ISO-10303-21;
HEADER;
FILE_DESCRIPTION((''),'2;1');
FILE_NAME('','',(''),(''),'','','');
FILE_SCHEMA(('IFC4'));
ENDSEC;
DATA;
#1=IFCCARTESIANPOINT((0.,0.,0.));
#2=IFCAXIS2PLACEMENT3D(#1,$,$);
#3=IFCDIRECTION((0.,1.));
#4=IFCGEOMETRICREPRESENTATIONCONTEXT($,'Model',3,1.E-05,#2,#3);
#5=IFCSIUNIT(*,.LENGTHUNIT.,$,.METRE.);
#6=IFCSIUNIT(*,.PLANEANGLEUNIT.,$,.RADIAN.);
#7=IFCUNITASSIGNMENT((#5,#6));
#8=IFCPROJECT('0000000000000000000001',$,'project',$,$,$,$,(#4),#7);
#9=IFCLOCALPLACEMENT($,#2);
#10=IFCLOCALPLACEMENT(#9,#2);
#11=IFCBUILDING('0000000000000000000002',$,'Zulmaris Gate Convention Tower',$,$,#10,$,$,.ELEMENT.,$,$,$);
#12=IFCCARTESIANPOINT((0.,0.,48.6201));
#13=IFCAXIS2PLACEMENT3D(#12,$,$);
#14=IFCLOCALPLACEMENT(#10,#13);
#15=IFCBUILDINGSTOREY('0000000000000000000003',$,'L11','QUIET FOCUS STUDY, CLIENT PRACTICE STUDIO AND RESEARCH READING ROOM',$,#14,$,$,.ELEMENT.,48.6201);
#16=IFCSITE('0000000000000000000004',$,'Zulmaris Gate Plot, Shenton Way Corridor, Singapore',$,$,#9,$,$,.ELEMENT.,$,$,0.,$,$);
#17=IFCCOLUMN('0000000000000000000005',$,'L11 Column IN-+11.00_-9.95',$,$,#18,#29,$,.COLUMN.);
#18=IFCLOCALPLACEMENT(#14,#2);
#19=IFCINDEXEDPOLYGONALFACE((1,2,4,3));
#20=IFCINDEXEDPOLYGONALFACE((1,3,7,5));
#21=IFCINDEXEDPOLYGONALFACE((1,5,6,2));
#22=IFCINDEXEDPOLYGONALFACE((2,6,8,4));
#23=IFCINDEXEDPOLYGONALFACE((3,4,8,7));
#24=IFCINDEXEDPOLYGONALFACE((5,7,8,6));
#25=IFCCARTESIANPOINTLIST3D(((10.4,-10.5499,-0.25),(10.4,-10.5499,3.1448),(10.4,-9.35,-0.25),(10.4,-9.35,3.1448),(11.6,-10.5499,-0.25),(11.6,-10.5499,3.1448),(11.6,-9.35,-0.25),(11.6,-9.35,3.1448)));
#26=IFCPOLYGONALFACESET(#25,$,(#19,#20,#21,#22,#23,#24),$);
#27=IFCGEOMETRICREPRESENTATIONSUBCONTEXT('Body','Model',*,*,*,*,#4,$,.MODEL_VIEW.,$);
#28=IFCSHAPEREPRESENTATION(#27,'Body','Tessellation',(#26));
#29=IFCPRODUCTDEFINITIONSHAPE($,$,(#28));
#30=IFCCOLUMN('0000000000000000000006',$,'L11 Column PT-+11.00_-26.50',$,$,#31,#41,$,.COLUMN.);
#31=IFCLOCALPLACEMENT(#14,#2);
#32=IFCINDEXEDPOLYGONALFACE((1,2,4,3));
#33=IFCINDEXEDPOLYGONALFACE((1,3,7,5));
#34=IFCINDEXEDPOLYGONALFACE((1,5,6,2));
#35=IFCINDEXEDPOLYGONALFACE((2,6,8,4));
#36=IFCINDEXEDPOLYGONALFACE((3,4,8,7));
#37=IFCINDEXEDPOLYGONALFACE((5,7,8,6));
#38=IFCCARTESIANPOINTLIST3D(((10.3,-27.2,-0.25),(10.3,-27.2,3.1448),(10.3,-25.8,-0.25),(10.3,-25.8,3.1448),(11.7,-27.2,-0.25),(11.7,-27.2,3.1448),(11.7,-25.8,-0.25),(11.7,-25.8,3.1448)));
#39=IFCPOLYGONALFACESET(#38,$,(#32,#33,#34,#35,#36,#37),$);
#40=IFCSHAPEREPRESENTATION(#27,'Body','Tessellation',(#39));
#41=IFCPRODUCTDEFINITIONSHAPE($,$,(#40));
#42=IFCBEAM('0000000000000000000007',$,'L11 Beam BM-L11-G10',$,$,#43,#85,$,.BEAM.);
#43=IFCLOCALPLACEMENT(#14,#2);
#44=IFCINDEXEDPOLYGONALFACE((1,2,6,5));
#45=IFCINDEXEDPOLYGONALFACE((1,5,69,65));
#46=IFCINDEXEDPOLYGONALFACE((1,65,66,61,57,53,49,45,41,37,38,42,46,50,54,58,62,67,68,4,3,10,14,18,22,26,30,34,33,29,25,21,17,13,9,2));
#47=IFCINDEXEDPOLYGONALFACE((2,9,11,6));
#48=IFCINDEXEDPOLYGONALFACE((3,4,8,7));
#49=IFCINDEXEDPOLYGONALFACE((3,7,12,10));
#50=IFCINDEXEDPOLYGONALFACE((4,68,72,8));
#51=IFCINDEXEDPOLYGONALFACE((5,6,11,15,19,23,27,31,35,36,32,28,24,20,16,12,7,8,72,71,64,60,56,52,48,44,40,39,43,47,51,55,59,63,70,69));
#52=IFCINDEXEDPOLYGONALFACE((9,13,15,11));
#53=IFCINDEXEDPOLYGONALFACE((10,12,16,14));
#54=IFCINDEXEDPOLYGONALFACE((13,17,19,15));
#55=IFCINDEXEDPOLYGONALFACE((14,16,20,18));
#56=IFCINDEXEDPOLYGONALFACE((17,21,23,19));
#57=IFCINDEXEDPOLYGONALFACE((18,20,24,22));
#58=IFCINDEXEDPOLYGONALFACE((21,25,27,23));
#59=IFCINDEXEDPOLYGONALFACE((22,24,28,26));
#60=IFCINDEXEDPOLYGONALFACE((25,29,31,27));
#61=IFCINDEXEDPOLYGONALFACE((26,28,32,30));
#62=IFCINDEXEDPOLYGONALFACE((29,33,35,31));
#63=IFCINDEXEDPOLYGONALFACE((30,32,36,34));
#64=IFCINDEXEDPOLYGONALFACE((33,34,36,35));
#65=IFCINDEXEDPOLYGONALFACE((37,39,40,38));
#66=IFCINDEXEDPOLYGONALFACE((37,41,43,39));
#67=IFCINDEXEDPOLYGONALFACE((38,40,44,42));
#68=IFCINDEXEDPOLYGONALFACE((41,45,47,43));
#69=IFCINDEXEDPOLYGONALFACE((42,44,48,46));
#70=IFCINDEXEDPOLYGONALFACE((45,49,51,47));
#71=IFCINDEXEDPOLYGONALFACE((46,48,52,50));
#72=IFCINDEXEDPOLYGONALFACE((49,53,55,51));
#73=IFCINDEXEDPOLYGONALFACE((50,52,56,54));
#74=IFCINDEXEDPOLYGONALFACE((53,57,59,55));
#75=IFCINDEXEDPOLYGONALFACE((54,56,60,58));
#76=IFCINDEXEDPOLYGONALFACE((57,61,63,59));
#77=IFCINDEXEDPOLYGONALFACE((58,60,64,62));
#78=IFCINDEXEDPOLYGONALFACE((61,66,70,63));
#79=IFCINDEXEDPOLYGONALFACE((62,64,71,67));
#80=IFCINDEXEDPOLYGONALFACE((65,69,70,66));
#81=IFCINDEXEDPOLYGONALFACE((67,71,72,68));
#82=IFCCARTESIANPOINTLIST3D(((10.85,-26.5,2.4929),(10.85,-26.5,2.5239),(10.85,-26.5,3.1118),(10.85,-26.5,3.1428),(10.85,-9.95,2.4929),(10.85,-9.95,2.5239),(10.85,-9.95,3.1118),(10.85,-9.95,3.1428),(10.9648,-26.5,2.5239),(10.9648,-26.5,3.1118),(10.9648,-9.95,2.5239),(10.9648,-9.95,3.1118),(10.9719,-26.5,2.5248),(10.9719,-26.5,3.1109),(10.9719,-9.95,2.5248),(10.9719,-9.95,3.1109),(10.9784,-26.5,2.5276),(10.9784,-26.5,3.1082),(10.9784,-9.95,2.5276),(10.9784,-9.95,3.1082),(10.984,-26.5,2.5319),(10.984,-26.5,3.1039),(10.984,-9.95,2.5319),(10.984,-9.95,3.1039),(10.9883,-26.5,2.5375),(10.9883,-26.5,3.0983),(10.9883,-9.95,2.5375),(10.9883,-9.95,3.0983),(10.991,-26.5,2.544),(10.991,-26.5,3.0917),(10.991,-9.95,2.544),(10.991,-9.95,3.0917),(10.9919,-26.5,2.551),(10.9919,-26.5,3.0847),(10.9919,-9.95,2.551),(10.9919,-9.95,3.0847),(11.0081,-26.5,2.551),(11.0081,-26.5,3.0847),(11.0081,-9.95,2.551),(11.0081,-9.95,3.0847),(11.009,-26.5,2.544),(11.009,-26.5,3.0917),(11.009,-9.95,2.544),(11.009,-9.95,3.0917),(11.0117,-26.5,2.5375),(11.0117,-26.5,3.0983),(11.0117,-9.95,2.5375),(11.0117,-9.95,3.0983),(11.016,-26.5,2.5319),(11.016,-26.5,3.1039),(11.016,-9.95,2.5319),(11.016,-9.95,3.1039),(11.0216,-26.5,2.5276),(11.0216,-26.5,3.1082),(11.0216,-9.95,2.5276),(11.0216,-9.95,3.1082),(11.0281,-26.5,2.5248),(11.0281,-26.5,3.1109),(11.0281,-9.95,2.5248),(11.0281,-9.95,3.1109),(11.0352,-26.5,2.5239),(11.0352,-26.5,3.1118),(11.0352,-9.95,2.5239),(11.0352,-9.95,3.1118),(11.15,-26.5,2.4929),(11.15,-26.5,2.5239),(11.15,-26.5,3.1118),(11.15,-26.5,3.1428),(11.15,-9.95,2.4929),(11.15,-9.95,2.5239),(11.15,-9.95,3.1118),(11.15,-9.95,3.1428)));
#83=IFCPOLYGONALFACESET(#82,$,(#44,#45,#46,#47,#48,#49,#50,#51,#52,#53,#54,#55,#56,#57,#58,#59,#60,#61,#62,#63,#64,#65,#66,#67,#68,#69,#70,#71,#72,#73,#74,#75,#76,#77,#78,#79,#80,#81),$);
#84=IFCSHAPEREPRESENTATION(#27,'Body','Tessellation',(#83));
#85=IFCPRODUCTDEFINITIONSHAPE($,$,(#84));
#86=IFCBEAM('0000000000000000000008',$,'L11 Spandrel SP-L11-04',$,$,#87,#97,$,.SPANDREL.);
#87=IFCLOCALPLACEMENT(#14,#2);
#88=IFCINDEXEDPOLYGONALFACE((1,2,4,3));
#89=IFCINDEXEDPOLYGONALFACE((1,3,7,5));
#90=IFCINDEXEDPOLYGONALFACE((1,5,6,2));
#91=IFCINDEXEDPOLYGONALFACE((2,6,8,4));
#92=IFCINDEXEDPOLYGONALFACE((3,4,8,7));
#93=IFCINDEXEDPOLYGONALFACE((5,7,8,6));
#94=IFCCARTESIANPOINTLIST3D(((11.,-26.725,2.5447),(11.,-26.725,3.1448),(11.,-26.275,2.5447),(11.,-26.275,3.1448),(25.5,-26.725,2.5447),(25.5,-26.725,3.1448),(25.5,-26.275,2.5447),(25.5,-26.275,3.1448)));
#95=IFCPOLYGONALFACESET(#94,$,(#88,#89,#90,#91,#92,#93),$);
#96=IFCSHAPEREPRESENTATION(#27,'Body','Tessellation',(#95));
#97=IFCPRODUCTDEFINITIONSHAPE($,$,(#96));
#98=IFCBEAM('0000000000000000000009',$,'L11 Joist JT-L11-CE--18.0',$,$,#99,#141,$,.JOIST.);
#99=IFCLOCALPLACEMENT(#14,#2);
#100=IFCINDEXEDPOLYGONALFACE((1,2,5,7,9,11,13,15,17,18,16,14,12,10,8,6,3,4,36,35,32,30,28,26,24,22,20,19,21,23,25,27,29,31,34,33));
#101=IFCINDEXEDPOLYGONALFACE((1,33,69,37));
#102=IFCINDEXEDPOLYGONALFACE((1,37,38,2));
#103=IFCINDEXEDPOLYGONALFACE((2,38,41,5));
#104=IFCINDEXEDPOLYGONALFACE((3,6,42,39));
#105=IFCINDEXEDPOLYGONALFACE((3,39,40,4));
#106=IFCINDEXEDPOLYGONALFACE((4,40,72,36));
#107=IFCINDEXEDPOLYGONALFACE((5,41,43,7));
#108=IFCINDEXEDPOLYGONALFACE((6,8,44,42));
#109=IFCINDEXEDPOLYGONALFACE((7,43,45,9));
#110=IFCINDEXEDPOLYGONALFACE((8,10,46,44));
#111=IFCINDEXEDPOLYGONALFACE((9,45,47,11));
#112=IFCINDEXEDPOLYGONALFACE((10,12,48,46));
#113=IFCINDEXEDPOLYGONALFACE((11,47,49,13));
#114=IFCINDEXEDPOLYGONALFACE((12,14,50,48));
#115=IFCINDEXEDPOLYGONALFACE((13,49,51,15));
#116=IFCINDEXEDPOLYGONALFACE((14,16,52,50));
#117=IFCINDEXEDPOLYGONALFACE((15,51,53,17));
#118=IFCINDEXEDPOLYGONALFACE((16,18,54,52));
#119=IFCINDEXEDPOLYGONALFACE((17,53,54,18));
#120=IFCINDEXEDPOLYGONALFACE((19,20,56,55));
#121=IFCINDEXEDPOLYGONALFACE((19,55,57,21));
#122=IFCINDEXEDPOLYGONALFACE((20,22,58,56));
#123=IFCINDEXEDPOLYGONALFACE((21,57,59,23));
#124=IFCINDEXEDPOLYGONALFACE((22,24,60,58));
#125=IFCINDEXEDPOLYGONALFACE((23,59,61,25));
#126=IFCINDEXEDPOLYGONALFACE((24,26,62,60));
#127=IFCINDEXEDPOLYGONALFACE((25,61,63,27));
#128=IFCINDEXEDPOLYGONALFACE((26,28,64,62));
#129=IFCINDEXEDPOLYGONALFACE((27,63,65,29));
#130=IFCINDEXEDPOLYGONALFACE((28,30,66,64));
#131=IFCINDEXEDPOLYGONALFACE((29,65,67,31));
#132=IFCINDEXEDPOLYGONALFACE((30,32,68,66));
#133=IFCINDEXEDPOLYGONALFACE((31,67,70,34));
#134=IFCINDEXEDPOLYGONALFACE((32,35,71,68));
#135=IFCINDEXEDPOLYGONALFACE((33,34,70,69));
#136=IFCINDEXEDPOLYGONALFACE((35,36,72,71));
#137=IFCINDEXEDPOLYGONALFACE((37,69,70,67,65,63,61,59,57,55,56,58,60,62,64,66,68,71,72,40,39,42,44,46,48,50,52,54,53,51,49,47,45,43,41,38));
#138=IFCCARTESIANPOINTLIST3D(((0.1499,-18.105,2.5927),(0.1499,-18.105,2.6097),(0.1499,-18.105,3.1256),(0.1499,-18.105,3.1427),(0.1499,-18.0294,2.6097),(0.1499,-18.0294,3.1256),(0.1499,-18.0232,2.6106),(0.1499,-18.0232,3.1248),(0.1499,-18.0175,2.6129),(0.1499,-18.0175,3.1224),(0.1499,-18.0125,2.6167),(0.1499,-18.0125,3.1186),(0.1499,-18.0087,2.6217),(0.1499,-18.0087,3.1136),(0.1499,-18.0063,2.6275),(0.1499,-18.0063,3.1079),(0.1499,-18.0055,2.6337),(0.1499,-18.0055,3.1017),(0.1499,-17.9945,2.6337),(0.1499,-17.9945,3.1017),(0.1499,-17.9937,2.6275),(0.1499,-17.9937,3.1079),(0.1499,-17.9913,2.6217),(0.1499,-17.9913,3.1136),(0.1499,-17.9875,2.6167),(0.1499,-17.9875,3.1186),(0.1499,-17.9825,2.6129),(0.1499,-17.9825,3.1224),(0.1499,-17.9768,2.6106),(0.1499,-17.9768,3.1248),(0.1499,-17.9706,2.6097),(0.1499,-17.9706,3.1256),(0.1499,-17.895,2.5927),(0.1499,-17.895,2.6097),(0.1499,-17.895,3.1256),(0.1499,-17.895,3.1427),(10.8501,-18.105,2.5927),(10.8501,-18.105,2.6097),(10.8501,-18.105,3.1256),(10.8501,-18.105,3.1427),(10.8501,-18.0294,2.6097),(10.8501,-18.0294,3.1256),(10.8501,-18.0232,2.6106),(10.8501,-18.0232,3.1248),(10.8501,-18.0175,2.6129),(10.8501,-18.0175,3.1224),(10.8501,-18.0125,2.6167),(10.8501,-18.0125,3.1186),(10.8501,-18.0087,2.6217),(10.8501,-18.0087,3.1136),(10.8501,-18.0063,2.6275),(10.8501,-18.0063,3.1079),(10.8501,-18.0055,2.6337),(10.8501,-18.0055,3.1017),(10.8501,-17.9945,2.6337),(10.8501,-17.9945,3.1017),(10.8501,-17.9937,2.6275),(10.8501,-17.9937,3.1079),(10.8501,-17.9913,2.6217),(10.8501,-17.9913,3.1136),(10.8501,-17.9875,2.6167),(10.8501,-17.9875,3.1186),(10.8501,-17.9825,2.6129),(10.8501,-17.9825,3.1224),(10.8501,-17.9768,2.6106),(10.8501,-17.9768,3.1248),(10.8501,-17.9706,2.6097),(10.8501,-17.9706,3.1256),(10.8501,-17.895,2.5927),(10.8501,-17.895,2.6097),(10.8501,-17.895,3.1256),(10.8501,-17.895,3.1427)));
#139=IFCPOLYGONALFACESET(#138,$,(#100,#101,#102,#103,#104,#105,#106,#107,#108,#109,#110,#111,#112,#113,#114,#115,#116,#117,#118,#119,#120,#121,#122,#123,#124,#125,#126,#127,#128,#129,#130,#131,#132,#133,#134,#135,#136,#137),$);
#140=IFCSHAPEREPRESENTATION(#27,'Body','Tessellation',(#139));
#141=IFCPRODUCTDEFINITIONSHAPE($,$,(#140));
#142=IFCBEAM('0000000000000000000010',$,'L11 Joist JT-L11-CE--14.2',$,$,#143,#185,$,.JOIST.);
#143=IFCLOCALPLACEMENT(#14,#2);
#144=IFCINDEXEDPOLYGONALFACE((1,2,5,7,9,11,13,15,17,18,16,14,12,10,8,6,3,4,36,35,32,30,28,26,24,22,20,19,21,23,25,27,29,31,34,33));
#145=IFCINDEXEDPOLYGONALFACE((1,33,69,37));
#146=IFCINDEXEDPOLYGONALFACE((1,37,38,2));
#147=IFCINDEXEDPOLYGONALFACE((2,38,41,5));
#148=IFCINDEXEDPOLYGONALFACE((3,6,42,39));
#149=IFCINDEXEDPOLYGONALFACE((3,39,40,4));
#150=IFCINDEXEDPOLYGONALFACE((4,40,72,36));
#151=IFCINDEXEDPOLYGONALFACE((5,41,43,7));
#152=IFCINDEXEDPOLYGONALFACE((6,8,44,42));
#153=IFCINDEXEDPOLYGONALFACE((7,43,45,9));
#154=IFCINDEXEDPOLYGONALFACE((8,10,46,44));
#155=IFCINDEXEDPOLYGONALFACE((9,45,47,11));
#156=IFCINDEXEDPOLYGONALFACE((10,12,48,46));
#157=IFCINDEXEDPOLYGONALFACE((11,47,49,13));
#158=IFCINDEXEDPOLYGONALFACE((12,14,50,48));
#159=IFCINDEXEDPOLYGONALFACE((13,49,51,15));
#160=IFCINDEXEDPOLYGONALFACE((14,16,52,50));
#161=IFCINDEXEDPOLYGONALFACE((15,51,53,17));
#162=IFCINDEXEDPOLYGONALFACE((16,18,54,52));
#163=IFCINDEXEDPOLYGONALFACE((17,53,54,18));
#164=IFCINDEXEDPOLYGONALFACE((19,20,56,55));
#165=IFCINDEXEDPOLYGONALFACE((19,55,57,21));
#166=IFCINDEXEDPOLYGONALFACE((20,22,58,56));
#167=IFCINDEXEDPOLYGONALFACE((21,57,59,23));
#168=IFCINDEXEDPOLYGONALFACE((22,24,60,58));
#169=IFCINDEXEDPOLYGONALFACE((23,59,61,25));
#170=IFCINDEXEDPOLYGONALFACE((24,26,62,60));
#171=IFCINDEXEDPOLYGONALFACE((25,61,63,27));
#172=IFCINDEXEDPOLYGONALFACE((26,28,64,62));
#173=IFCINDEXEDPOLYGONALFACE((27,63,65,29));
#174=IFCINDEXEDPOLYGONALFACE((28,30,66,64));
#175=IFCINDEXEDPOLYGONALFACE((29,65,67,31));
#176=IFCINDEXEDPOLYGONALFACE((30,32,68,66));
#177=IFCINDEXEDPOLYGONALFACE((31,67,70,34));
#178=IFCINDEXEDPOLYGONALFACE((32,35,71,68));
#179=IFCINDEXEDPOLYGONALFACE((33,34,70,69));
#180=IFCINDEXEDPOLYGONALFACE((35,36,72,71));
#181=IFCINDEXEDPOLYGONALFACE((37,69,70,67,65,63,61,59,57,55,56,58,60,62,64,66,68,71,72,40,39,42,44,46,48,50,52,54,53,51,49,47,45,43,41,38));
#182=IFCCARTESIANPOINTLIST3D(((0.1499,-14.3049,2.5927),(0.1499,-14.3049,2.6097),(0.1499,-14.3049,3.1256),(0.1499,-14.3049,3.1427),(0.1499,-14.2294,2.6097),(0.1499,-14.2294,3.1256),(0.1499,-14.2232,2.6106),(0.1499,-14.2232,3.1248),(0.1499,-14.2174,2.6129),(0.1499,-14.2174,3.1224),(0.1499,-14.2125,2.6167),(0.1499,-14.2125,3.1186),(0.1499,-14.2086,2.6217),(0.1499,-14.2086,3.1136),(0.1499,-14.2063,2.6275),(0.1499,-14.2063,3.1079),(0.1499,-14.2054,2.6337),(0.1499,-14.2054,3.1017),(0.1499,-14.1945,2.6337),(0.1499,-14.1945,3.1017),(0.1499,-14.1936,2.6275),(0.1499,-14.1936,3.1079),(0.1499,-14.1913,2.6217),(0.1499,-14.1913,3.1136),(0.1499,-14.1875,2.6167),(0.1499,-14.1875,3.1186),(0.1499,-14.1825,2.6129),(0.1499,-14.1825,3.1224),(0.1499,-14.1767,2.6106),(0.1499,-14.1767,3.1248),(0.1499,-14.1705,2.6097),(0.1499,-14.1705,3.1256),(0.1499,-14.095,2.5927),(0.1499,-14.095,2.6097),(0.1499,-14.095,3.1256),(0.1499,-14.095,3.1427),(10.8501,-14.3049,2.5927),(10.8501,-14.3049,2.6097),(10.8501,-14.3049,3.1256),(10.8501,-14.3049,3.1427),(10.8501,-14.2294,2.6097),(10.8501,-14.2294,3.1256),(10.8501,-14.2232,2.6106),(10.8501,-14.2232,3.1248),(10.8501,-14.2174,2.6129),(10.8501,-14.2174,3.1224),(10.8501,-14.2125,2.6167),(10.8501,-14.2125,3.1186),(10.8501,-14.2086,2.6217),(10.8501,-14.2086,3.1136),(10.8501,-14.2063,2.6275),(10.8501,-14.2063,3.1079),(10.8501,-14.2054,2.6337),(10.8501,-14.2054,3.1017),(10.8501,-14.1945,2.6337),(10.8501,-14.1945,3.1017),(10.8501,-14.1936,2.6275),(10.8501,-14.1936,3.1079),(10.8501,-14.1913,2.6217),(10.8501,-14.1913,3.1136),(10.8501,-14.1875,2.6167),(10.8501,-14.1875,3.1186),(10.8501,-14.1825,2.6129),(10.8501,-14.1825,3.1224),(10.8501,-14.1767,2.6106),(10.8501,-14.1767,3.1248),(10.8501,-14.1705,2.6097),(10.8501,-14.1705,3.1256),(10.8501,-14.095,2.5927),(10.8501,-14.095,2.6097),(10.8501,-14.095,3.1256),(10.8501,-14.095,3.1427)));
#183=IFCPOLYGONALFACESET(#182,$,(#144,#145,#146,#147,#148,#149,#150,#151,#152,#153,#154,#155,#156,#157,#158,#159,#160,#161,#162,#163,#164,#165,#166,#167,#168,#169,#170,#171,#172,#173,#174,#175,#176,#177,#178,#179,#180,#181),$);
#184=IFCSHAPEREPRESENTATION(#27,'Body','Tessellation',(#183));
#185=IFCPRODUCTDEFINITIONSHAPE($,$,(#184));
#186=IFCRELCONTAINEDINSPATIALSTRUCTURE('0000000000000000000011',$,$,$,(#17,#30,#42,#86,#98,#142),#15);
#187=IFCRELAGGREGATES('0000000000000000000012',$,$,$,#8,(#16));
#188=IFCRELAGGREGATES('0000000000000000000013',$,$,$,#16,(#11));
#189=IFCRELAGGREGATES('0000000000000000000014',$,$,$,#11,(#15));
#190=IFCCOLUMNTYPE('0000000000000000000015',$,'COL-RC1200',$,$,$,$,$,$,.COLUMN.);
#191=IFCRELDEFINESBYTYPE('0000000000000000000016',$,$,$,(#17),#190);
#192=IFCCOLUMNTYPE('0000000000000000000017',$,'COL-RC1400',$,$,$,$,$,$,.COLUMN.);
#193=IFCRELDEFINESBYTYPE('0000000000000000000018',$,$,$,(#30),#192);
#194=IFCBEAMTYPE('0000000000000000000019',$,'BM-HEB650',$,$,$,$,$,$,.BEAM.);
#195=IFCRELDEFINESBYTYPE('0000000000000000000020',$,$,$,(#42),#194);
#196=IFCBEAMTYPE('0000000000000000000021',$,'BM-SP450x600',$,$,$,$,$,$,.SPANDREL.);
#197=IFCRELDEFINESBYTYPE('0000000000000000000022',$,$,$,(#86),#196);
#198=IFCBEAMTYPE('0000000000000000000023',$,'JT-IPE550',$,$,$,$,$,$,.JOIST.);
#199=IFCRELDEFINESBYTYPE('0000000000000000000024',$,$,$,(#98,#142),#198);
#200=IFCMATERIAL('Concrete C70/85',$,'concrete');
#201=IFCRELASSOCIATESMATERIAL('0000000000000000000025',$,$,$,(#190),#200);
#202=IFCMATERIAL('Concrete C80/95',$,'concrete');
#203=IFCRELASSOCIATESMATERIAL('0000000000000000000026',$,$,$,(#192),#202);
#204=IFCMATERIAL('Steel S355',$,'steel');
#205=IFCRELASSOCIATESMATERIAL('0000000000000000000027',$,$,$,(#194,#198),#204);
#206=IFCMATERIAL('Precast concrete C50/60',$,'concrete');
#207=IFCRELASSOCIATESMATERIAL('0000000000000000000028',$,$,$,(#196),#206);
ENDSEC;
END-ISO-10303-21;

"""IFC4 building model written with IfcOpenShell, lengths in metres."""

from ifc_helpers import new_model, si_unit, direction, frame, origin, origin_2d, place, context, subcontext, project, spatial, rectangle, i_section, extrude, material, material_profile, profile_set, type_object, element, save


model = new_model("IFC4")

# Units and contexts
model_context = context("Model", 3, precision=1e-05, world=origin(), true_north=direction((0.0, 1.0)))
body_context = subcontext(model_context, "Body", "Model", "MODEL_VIEW")
ifc_project = project(units=[si_unit("LENGTHUNIT", "METRE"), si_unit("PLANEANGLEUNIT", "RADIAN")], contexts=[model_context])

# Site, building, storey
site_placement = place(None, origin())
site = spatial("IfcSite", under=ifc_project, at=site_placement, Name="Zulmaris Gate Plot, Shenton Way Corridor, Singapore", CompositionType="ELEMENT", RefElevation=0.0)
building_placement = place(site_placement, origin())
building = spatial("IfcBuilding", under=site, at=building_placement, Name="Zulmaris Gate Convention Tower", CompositionType="ELEMENT")
storey_placement = place(building_placement, frame((0.0, 0.0, 48.6201)))
storey = spatial("IfcBuildingStorey", under=building, at=storey_placement, Name="L11", Description="QUIET FOCUS STUDY, CLIENT PRACTICE STUDIO AND RESEARCH READING ROOM", CompositionType="ELEMENT", Elevation=48.6201)

# Columns
ifc_material_1 = material(Name="Concrete C70/85", Category="concrete")
ifc_material_profile_1 = material_profile(ifc_material_1, rectangle(XDim=1.2, YDim=1.2, at=origin_2d()), Name="RC COL 1200x1200")
ifc_profile_set_1 = profile_set([ifc_material_profile_1], Name="Concrete C70/85")
column_type_1 = type_object("IfcColumnType", Name="COL-RC1200", PredefinedType="COLUMN", material=ifc_profile_set_1)
column_1_placement = place(storey_placement, frame((11.0, -9.95, -0.25), z_axis=(0.0, 0.0, 1.0), x_axis=(1.0, 0.0, 0.0)))
element("IfcColumn", 1, at=column_1_placement, inside=storey, type_object=column_type_1, Name="L11 Column IN-+11.00_-9.95", PredefinedType="COLUMN", context=body_context, shape_type="SweptSolid", body=[
    extrude(rectangle(XDim=1.2, YDim=1.2, at=origin_2d()), origin(), (0.0, 0.0, 1.0), 3.3948),
])
ifc_material_2 = material(Name="Concrete C80/95", Category="concrete")
ifc_material_profile_2 = material_profile(ifc_material_2, rectangle(XDim=1.3999, YDim=1.3999, at=origin_2d()), Name="RC COL 1400x1400")
ifc_profile_set_2 = profile_set([ifc_material_profile_2], Name="Concrete C80/95")
column_type_2 = type_object("IfcColumnType", Name="COL-RC1400", PredefinedType="COLUMN", material=ifc_profile_set_2)
column_2_placement = place(storey_placement, frame((11.0, -26.5, -0.25), z_axis=(0.0, 0.0, 1.0), x_axis=(1.0, 0.0, 0.0)))
element("IfcColumn", 2, at=column_2_placement, inside=storey, type_object=column_type_2, Name="L11 Column PT-+11.00_-26.50", PredefinedType="COLUMN", context=body_context, shape_type="SweptSolid", body=[
    extrude(rectangle(XDim=1.3999, YDim=1.3999, at=origin_2d()), origin(), (0.0, 0.0, 1.0), 3.3948),
])

# Beams
ifc_material_3 = material(Name="Steel S355", Category="steel")
ifc_material_profile_3 = material_profile(ifc_material_3, i_section(OverallWidth=0.3, OverallDepth=0.6499, WebThickness=0.0161, FlangeThickness=0.031, FilletRadius=0.0271, at=origin_2d()), Name="HEB 650")
ifc_profile_set_3 = profile_set([ifc_material_profile_3], Name="Steel S355")
beam_type_1 = type_object("IfcBeamType", Name="BM-HEB650", PredefinedType="BEAM", material=ifc_profile_set_3)
beam_1_placement = place(storey_placement, frame((11.0, -26.5, 2.8179), z_axis=(0.0, 1.0, 0.0), x_axis=(-1.0, 0.0, 0.0)))
element("IfcBeam", 3, at=beam_1_placement, inside=storey, type_object=beam_type_1, Name="L11 Beam BM-L11-G10", PredefinedType="BEAM", context=body_context, shape_type="SweptSolid", body=[
    extrude(i_section(OverallWidth=0.3, OverallDepth=0.6499, WebThickness=0.0161, FlangeThickness=0.031, FilletRadius=0.0271, at=origin_2d()), origin(), (0.0, 0.0, 1.0), 16.55),
])
ifc_material_4 = material(Name="Precast concrete C50/60", Category="concrete")
ifc_material_profile_4 = material_profile(ifc_material_4, rectangle(XDim=0.45, YDim=0.6001, at=origin_2d()), Name="RC SPANDREL 450x600")
ifc_profile_set_4 = profile_set([ifc_material_profile_4], Name="Precast concrete C50/60")
beam_type_2 = type_object("IfcBeamType", Name="BM-SP450x600", PredefinedType="SPANDREL", material=ifc_profile_set_4)
beam_2_placement = place(storey_placement, frame((11.0, -26.5, 2.8447), z_axis=(1.0, 0.0, 0.0), x_axis=(0.0, 1.0, 0.0)))
element("IfcBeam", 4, at=beam_2_placement, inside=storey, type_object=beam_type_2, Name="L11 Spandrel SP-L11-04", PredefinedType="SPANDREL", context=body_context, shape_type="SweptSolid", body=[
    extrude(rectangle(XDim=0.45, YDim=0.6001, at=origin_2d()), origin(), (0.0, 0.0, 1.0), 14.5),
])
ifc_material_profile_5 = material_profile(ifc_material_3, i_section(OverallWidth=0.21, OverallDepth=0.55, WebThickness=0.011, FlangeThickness=0.0171, FilletRadius=0.0239, at=origin_2d()), Name="IPE 550")
ifc_profile_set_5 = profile_set([ifc_material_profile_5], Name="Steel S355")
beam_type_3 = type_object("IfcBeamType", Name="JT-IPE550", PredefinedType="JOIST", material=ifc_profile_set_5)
for number, where, z_axis, x_axis, name in (
    (5, (0.1499, -18.0, 2.8677), (1.0, 0.0, 0.0), (0.0, 1.0, 0.0), "L11 Joist JT-L11-CE--18.0"),
    (6, (0.1499, -14.2, 2.8677), (1.0, 0.0, 0.0), (0.0, 1.0, 0.0), "L11 Joist JT-L11-CE--14.2"),
):
    element("IfcBeam", number, at=place(storey_placement, frame(where, z_axis=z_axis, x_axis=x_axis)), inside=storey, type_object=beam_type_3, Name=name, PredefinedType="JOIST", context=body_context, shape_type="SweptSolid", body=[
        extrude(i_section(OverallWidth=0.21, OverallDepth=0.55, WebThickness=0.011, FlangeThickness=0.0171, FilletRadius=0.0239, at=origin_2d()), origin(), (0.0, 0.0, 1.0), 10.7002),
    ])

save(model, "model.ifc")
